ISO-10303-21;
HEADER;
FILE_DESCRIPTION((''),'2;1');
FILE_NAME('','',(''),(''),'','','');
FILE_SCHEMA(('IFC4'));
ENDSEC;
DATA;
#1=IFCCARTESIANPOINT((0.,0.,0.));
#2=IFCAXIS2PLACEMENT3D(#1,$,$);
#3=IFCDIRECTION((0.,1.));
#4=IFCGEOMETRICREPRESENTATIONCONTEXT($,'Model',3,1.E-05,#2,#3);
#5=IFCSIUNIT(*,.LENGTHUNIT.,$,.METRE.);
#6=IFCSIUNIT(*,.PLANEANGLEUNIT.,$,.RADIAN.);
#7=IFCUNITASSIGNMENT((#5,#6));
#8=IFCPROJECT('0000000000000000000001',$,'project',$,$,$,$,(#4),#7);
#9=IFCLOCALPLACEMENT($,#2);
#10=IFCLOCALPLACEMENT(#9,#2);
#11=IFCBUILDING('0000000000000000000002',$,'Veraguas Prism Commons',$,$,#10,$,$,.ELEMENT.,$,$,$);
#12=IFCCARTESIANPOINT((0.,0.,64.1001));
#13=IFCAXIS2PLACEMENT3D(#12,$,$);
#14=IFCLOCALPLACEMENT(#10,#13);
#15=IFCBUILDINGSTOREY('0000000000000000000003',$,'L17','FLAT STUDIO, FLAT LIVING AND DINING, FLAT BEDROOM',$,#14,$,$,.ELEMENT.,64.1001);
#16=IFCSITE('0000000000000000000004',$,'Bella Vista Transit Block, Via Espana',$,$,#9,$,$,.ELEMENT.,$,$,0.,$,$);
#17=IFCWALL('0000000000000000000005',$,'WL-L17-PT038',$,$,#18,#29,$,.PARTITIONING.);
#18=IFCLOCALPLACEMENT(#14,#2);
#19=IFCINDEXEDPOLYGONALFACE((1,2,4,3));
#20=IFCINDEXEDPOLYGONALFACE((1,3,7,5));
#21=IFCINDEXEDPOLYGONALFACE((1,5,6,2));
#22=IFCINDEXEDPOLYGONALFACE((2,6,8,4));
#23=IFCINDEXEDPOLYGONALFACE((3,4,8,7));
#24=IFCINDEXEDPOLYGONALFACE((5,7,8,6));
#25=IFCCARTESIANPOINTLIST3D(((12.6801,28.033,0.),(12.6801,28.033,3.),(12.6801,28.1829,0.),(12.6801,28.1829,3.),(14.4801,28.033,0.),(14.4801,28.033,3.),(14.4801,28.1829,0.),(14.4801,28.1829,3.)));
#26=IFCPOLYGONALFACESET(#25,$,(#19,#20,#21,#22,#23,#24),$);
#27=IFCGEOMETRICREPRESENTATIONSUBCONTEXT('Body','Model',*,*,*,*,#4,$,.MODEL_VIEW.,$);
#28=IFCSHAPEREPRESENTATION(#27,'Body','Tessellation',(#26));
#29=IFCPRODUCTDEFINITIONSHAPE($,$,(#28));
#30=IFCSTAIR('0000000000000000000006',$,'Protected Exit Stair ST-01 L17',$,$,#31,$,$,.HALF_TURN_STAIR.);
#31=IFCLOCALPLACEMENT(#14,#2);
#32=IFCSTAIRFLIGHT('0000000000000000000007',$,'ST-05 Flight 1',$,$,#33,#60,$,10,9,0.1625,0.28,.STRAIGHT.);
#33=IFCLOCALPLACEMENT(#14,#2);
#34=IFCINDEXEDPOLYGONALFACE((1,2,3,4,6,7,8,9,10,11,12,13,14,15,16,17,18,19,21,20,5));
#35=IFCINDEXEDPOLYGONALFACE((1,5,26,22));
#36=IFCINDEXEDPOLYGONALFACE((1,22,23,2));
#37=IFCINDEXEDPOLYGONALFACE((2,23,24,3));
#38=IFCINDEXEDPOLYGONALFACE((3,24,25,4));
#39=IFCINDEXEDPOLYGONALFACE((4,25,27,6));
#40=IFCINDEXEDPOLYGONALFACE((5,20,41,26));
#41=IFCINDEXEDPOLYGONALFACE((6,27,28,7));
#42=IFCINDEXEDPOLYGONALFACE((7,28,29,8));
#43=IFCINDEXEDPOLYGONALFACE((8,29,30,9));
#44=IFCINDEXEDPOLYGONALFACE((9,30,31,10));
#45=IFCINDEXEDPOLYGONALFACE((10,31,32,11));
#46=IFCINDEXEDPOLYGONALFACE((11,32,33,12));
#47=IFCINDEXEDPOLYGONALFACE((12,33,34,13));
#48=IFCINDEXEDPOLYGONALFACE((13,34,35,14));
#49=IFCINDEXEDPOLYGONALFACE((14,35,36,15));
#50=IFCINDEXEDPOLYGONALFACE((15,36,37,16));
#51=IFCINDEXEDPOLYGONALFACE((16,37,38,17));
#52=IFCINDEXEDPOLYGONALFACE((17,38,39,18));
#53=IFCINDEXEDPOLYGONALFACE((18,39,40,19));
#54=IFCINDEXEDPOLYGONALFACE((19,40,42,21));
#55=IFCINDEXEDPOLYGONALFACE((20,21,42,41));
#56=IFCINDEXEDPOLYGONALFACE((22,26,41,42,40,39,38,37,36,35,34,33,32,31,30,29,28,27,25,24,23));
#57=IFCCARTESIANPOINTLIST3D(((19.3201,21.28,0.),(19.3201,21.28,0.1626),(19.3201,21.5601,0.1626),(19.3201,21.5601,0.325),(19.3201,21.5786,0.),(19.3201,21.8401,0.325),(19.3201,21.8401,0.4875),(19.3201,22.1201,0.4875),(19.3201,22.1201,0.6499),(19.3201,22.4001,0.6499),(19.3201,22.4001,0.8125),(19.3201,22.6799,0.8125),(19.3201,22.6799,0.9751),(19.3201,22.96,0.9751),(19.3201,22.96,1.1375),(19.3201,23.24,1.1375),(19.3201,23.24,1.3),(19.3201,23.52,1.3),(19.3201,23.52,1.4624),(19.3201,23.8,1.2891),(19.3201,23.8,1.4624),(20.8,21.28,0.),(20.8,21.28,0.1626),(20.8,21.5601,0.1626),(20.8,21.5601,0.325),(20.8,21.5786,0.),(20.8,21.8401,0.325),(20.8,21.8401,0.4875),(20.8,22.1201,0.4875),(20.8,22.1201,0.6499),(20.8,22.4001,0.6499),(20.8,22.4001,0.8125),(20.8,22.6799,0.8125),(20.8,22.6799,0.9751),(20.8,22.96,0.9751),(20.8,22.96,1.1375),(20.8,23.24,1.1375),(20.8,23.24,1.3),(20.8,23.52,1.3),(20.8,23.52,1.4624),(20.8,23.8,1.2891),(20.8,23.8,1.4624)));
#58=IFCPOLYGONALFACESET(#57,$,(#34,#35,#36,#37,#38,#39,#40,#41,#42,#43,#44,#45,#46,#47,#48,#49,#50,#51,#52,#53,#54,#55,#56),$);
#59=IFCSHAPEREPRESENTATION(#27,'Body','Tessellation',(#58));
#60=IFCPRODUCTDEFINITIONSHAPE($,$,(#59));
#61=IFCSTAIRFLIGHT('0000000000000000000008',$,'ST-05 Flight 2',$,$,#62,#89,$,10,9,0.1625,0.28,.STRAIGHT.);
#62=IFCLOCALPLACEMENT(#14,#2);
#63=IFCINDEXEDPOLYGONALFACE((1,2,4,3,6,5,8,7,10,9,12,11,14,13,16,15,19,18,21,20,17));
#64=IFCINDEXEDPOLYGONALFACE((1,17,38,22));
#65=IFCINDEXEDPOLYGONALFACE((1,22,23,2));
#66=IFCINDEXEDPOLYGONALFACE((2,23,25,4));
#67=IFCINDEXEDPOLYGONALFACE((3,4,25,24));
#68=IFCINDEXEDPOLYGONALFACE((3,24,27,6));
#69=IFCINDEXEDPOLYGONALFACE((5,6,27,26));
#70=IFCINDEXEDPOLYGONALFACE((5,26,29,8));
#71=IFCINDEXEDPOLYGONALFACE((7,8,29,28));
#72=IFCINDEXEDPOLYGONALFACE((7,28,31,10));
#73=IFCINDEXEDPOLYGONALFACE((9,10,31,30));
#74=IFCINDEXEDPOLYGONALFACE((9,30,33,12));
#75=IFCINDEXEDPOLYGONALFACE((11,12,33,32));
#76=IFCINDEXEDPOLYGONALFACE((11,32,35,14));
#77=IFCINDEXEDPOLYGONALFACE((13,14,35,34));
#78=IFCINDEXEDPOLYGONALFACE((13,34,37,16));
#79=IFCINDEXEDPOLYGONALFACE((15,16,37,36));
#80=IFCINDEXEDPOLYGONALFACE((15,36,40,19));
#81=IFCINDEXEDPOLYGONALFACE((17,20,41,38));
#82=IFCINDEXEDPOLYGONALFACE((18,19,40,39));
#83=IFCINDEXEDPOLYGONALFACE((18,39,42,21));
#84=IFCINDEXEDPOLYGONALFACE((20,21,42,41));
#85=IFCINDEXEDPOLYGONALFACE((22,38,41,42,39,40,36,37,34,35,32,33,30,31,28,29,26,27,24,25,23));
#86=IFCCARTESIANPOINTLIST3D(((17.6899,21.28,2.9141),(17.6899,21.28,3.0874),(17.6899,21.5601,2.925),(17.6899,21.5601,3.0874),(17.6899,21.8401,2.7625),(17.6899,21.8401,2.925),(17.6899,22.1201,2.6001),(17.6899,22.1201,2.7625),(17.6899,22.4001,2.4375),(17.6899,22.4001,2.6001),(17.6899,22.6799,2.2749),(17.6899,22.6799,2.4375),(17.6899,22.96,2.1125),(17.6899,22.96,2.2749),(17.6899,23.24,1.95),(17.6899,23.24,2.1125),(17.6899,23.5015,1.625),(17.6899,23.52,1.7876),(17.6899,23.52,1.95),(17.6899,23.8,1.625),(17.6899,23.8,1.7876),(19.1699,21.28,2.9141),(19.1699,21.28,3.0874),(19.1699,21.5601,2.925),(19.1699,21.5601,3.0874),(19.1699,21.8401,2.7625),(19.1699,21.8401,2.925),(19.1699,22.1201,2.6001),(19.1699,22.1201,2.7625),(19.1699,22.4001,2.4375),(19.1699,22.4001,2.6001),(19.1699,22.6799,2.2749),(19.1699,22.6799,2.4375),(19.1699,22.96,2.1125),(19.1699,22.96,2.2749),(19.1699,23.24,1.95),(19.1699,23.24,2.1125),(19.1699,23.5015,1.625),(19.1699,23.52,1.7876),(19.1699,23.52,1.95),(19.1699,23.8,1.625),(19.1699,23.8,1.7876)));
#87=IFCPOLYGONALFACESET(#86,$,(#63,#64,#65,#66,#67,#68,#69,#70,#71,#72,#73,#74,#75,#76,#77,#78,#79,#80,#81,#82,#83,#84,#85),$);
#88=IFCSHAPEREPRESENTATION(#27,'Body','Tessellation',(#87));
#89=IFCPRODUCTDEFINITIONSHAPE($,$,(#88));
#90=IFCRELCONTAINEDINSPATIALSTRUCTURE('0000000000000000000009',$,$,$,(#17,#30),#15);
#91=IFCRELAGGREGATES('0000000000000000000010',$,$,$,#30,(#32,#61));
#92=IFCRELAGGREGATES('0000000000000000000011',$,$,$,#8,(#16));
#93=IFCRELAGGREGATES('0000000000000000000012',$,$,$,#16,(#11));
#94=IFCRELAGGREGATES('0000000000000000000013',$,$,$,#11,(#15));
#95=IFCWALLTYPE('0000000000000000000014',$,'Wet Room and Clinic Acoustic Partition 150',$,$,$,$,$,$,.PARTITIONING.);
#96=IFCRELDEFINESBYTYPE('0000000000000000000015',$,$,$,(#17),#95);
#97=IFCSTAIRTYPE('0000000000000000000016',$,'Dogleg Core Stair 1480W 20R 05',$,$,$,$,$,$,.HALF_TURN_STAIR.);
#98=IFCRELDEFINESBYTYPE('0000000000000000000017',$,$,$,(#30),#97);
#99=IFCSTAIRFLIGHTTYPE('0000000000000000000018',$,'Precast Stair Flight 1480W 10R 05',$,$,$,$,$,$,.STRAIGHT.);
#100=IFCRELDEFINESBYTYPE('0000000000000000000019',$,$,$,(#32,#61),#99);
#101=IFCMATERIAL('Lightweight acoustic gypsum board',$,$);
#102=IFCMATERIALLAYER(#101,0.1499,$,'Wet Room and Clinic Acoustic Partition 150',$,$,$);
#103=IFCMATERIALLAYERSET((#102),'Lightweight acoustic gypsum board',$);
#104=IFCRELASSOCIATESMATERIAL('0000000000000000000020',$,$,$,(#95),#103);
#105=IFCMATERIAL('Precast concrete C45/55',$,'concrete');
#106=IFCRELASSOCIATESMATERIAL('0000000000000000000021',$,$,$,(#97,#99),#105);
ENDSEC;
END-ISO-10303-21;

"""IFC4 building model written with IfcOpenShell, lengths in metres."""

from ifc_helpers import new_model, si_unit, direction, frame, frame_2d, origin, place, context, subcontext, project, spatial, polyline, rectangle, outline, extrude, material, layer, layer_set, type_object, element, aggregate, save


model = new_model("IFC4")

# Units and contexts
model_context = context("Model", 3, precision=1e-05, world=origin(), true_north=direction((0.0, 1.0)))
body_context = subcontext(model_context, "Body", "Model", "MODEL_VIEW")
ifc_project = project(units=[si_unit("LENGTHUNIT", "METRE"), si_unit("PLANEANGLEUNIT", "RADIAN")], contexts=[model_context])

# Site, building, storey
site_placement = place(None, origin())
site = spatial("IfcSite", under=ifc_project, at=site_placement, Name="Bella Vista Transit Block, Via Espana", CompositionType="ELEMENT", RefElevation=0.0)
building_placement = place(site_placement, origin())
building = spatial("IfcBuilding", under=site, at=building_placement, Name="Veraguas Prism Commons", CompositionType="ELEMENT")
storey_placement = place(building_placement, frame((0.0, 0.0, 64.1001)))
storey = spatial("IfcBuildingStorey", under=building, at=storey_placement, Name="L17", Description="FLAT STUDIO, FLAT LIVING AND DINING, FLAT BEDROOM", CompositionType="ELEMENT", Elevation=64.1001)

# Shared definitions
ifc_material_1 = material(Name="Lightweight acoustic gypsum board")

# Wall
ifc_layer_1 = layer(ifc_material_1, 0.1499, Name="Wet Room and Clinic Acoustic Partition 150")
ifc_layer_set_1 = layer_set([ifc_layer_1], Name="Lightweight acoustic gypsum board")
wall_type_1 = type_object("IfcWallType", Name="Wet Room and Clinic Acoustic Partition 150", PredefinedType="PARTITIONING", material=ifc_layer_set_1)
wall_1_placement = place(storey_placement, frame((14.48, 28.1079, 0.0), z_axis=(0.0, 0.0, 1.0), x_axis=(-1.0, 0.0, 0.0)))
element("IfcWall", 1, at=wall_1_placement, inside=storey, type_object=wall_type_1, Name="WL-L17-PT038", PredefinedType="PARTITIONING", context=body_context, shape_type="SweptSolid", body=[
    extrude(rectangle(XDim=1.8, YDim=0.1499, at=frame_2d((0.8999, 0.0))), origin(), (0.0, 0.0, 1.0), 3.0),
])

# Stair, stair flights
ifc_material_2 = material(Name="Precast concrete C45/55", Category="concrete")
stair_type = type_object("IfcStairType", Name="Dogleg Core Stair 1480W 20R 05", PredefinedType="HALF_TURN_STAIR", material=ifc_material_2)
stair_placement = place(storey_placement, origin())
stair = element("IfcStair", 2, at=stair_placement, inside=storey, type_object=stair_type, Name="Protected Exit Stair ST-01 L17", PredefinedType="HALF_TURN_STAIR")
stair_flight_type = type_object("IfcStairFlightType", Name="Precast Stair Flight 1480W 10R 05", PredefinedType="STRAIGHT", material=ifc_material_2)
stair_flight_1_placement = place(storey_placement, frame((20.0601, 21.28, 0.0), z_axis=(0.0, 0.0, 1.0), x_axis=(0.0, 1.0, 0.0)))
stair_flight_1 = element("IfcStairFlight", 3, at=stair_flight_1_placement, type_object=stair_flight_type, Name="ST-05 Flight 1", NumberOfRisers=10, NumberOfTreads=9, PredefinedType="STRAIGHT", RiserHeight=0.1625, TreadLength=0.28, context=body_context, shape_type="SweptSolid", body=[
    extrude(outline(polyline([(0.0, 0.0), (0.0, 0.1626), (0.28, 0.1626), (0.28, 0.325), (0.5601, 0.325), (0.5601, 0.4875), (0.8401, 0.4875), (0.8401, 0.6499), (1.1201, 0.6499), (1.1201, 0.8125), (1.3999, 0.8125), (1.3999, 0.9751), (1.6799, 0.9751), (1.6799, 1.1375), (1.96, 1.1375), (1.96, 1.3), (2.24, 1.3), (2.24, 1.4624), (2.52, 1.4624), (2.52, 1.625), (2.52, 1.2891), (0.2986, 0.0), (0.0, 0.0)])), frame((0.0, 0.74, 0.0), z_axis=(0.0, -1.0, 0.0), x_axis=(1.0, 0.0, 0.0)), (0.0, 0.0, 1.0), 1.48),
])
stair_flight_2_placement = place(storey_placement, frame((18.4299, 23.8, 1.625), z_axis=(0.0, 0.0, 1.0), x_axis=(0.0, -1.0, 0.0)))
stair_flight_2 = element("IfcStairFlight", 4, at=stair_flight_2_placement, type_object=stair_flight_type, Name="ST-05 Flight 2", NumberOfRisers=10, NumberOfTreads=9, PredefinedType="STRAIGHT", RiserHeight=0.1625, TreadLength=0.28, context=body_context, shape_type="SweptSolid", body=[
    extrude(outline(polyline([(0.0, 0.0), (0.0, 0.1626), (0.28, 0.1626), (0.28, 0.325), (0.5601, 0.325), (0.5601, 0.4875), (0.8401, 0.4875), (0.8401, 0.6499), (1.1201, 0.6499), (1.1201, 0.8125), (1.3999, 0.8125), (1.3999, 0.9751), (1.6799, 0.9751), (1.6799, 1.1375), (1.96, 1.1375), (1.96, 1.3), (2.24, 1.3), (2.24, 1.4624), (2.52, 1.4624), (2.52, 1.625), (2.52, 1.2891), (0.2986, 0.0), (0.0, 0.0)])), frame((0.0, 0.74, 0.0), z_axis=(0.0, -1.0, 0.0), x_axis=(1.0, 0.0, 0.0)), (0.0, 0.0, 1.0), 1.48),
])
aggregate(stair, [stair_flight_1, stair_flight_2])

save(model, "model.ifc")
